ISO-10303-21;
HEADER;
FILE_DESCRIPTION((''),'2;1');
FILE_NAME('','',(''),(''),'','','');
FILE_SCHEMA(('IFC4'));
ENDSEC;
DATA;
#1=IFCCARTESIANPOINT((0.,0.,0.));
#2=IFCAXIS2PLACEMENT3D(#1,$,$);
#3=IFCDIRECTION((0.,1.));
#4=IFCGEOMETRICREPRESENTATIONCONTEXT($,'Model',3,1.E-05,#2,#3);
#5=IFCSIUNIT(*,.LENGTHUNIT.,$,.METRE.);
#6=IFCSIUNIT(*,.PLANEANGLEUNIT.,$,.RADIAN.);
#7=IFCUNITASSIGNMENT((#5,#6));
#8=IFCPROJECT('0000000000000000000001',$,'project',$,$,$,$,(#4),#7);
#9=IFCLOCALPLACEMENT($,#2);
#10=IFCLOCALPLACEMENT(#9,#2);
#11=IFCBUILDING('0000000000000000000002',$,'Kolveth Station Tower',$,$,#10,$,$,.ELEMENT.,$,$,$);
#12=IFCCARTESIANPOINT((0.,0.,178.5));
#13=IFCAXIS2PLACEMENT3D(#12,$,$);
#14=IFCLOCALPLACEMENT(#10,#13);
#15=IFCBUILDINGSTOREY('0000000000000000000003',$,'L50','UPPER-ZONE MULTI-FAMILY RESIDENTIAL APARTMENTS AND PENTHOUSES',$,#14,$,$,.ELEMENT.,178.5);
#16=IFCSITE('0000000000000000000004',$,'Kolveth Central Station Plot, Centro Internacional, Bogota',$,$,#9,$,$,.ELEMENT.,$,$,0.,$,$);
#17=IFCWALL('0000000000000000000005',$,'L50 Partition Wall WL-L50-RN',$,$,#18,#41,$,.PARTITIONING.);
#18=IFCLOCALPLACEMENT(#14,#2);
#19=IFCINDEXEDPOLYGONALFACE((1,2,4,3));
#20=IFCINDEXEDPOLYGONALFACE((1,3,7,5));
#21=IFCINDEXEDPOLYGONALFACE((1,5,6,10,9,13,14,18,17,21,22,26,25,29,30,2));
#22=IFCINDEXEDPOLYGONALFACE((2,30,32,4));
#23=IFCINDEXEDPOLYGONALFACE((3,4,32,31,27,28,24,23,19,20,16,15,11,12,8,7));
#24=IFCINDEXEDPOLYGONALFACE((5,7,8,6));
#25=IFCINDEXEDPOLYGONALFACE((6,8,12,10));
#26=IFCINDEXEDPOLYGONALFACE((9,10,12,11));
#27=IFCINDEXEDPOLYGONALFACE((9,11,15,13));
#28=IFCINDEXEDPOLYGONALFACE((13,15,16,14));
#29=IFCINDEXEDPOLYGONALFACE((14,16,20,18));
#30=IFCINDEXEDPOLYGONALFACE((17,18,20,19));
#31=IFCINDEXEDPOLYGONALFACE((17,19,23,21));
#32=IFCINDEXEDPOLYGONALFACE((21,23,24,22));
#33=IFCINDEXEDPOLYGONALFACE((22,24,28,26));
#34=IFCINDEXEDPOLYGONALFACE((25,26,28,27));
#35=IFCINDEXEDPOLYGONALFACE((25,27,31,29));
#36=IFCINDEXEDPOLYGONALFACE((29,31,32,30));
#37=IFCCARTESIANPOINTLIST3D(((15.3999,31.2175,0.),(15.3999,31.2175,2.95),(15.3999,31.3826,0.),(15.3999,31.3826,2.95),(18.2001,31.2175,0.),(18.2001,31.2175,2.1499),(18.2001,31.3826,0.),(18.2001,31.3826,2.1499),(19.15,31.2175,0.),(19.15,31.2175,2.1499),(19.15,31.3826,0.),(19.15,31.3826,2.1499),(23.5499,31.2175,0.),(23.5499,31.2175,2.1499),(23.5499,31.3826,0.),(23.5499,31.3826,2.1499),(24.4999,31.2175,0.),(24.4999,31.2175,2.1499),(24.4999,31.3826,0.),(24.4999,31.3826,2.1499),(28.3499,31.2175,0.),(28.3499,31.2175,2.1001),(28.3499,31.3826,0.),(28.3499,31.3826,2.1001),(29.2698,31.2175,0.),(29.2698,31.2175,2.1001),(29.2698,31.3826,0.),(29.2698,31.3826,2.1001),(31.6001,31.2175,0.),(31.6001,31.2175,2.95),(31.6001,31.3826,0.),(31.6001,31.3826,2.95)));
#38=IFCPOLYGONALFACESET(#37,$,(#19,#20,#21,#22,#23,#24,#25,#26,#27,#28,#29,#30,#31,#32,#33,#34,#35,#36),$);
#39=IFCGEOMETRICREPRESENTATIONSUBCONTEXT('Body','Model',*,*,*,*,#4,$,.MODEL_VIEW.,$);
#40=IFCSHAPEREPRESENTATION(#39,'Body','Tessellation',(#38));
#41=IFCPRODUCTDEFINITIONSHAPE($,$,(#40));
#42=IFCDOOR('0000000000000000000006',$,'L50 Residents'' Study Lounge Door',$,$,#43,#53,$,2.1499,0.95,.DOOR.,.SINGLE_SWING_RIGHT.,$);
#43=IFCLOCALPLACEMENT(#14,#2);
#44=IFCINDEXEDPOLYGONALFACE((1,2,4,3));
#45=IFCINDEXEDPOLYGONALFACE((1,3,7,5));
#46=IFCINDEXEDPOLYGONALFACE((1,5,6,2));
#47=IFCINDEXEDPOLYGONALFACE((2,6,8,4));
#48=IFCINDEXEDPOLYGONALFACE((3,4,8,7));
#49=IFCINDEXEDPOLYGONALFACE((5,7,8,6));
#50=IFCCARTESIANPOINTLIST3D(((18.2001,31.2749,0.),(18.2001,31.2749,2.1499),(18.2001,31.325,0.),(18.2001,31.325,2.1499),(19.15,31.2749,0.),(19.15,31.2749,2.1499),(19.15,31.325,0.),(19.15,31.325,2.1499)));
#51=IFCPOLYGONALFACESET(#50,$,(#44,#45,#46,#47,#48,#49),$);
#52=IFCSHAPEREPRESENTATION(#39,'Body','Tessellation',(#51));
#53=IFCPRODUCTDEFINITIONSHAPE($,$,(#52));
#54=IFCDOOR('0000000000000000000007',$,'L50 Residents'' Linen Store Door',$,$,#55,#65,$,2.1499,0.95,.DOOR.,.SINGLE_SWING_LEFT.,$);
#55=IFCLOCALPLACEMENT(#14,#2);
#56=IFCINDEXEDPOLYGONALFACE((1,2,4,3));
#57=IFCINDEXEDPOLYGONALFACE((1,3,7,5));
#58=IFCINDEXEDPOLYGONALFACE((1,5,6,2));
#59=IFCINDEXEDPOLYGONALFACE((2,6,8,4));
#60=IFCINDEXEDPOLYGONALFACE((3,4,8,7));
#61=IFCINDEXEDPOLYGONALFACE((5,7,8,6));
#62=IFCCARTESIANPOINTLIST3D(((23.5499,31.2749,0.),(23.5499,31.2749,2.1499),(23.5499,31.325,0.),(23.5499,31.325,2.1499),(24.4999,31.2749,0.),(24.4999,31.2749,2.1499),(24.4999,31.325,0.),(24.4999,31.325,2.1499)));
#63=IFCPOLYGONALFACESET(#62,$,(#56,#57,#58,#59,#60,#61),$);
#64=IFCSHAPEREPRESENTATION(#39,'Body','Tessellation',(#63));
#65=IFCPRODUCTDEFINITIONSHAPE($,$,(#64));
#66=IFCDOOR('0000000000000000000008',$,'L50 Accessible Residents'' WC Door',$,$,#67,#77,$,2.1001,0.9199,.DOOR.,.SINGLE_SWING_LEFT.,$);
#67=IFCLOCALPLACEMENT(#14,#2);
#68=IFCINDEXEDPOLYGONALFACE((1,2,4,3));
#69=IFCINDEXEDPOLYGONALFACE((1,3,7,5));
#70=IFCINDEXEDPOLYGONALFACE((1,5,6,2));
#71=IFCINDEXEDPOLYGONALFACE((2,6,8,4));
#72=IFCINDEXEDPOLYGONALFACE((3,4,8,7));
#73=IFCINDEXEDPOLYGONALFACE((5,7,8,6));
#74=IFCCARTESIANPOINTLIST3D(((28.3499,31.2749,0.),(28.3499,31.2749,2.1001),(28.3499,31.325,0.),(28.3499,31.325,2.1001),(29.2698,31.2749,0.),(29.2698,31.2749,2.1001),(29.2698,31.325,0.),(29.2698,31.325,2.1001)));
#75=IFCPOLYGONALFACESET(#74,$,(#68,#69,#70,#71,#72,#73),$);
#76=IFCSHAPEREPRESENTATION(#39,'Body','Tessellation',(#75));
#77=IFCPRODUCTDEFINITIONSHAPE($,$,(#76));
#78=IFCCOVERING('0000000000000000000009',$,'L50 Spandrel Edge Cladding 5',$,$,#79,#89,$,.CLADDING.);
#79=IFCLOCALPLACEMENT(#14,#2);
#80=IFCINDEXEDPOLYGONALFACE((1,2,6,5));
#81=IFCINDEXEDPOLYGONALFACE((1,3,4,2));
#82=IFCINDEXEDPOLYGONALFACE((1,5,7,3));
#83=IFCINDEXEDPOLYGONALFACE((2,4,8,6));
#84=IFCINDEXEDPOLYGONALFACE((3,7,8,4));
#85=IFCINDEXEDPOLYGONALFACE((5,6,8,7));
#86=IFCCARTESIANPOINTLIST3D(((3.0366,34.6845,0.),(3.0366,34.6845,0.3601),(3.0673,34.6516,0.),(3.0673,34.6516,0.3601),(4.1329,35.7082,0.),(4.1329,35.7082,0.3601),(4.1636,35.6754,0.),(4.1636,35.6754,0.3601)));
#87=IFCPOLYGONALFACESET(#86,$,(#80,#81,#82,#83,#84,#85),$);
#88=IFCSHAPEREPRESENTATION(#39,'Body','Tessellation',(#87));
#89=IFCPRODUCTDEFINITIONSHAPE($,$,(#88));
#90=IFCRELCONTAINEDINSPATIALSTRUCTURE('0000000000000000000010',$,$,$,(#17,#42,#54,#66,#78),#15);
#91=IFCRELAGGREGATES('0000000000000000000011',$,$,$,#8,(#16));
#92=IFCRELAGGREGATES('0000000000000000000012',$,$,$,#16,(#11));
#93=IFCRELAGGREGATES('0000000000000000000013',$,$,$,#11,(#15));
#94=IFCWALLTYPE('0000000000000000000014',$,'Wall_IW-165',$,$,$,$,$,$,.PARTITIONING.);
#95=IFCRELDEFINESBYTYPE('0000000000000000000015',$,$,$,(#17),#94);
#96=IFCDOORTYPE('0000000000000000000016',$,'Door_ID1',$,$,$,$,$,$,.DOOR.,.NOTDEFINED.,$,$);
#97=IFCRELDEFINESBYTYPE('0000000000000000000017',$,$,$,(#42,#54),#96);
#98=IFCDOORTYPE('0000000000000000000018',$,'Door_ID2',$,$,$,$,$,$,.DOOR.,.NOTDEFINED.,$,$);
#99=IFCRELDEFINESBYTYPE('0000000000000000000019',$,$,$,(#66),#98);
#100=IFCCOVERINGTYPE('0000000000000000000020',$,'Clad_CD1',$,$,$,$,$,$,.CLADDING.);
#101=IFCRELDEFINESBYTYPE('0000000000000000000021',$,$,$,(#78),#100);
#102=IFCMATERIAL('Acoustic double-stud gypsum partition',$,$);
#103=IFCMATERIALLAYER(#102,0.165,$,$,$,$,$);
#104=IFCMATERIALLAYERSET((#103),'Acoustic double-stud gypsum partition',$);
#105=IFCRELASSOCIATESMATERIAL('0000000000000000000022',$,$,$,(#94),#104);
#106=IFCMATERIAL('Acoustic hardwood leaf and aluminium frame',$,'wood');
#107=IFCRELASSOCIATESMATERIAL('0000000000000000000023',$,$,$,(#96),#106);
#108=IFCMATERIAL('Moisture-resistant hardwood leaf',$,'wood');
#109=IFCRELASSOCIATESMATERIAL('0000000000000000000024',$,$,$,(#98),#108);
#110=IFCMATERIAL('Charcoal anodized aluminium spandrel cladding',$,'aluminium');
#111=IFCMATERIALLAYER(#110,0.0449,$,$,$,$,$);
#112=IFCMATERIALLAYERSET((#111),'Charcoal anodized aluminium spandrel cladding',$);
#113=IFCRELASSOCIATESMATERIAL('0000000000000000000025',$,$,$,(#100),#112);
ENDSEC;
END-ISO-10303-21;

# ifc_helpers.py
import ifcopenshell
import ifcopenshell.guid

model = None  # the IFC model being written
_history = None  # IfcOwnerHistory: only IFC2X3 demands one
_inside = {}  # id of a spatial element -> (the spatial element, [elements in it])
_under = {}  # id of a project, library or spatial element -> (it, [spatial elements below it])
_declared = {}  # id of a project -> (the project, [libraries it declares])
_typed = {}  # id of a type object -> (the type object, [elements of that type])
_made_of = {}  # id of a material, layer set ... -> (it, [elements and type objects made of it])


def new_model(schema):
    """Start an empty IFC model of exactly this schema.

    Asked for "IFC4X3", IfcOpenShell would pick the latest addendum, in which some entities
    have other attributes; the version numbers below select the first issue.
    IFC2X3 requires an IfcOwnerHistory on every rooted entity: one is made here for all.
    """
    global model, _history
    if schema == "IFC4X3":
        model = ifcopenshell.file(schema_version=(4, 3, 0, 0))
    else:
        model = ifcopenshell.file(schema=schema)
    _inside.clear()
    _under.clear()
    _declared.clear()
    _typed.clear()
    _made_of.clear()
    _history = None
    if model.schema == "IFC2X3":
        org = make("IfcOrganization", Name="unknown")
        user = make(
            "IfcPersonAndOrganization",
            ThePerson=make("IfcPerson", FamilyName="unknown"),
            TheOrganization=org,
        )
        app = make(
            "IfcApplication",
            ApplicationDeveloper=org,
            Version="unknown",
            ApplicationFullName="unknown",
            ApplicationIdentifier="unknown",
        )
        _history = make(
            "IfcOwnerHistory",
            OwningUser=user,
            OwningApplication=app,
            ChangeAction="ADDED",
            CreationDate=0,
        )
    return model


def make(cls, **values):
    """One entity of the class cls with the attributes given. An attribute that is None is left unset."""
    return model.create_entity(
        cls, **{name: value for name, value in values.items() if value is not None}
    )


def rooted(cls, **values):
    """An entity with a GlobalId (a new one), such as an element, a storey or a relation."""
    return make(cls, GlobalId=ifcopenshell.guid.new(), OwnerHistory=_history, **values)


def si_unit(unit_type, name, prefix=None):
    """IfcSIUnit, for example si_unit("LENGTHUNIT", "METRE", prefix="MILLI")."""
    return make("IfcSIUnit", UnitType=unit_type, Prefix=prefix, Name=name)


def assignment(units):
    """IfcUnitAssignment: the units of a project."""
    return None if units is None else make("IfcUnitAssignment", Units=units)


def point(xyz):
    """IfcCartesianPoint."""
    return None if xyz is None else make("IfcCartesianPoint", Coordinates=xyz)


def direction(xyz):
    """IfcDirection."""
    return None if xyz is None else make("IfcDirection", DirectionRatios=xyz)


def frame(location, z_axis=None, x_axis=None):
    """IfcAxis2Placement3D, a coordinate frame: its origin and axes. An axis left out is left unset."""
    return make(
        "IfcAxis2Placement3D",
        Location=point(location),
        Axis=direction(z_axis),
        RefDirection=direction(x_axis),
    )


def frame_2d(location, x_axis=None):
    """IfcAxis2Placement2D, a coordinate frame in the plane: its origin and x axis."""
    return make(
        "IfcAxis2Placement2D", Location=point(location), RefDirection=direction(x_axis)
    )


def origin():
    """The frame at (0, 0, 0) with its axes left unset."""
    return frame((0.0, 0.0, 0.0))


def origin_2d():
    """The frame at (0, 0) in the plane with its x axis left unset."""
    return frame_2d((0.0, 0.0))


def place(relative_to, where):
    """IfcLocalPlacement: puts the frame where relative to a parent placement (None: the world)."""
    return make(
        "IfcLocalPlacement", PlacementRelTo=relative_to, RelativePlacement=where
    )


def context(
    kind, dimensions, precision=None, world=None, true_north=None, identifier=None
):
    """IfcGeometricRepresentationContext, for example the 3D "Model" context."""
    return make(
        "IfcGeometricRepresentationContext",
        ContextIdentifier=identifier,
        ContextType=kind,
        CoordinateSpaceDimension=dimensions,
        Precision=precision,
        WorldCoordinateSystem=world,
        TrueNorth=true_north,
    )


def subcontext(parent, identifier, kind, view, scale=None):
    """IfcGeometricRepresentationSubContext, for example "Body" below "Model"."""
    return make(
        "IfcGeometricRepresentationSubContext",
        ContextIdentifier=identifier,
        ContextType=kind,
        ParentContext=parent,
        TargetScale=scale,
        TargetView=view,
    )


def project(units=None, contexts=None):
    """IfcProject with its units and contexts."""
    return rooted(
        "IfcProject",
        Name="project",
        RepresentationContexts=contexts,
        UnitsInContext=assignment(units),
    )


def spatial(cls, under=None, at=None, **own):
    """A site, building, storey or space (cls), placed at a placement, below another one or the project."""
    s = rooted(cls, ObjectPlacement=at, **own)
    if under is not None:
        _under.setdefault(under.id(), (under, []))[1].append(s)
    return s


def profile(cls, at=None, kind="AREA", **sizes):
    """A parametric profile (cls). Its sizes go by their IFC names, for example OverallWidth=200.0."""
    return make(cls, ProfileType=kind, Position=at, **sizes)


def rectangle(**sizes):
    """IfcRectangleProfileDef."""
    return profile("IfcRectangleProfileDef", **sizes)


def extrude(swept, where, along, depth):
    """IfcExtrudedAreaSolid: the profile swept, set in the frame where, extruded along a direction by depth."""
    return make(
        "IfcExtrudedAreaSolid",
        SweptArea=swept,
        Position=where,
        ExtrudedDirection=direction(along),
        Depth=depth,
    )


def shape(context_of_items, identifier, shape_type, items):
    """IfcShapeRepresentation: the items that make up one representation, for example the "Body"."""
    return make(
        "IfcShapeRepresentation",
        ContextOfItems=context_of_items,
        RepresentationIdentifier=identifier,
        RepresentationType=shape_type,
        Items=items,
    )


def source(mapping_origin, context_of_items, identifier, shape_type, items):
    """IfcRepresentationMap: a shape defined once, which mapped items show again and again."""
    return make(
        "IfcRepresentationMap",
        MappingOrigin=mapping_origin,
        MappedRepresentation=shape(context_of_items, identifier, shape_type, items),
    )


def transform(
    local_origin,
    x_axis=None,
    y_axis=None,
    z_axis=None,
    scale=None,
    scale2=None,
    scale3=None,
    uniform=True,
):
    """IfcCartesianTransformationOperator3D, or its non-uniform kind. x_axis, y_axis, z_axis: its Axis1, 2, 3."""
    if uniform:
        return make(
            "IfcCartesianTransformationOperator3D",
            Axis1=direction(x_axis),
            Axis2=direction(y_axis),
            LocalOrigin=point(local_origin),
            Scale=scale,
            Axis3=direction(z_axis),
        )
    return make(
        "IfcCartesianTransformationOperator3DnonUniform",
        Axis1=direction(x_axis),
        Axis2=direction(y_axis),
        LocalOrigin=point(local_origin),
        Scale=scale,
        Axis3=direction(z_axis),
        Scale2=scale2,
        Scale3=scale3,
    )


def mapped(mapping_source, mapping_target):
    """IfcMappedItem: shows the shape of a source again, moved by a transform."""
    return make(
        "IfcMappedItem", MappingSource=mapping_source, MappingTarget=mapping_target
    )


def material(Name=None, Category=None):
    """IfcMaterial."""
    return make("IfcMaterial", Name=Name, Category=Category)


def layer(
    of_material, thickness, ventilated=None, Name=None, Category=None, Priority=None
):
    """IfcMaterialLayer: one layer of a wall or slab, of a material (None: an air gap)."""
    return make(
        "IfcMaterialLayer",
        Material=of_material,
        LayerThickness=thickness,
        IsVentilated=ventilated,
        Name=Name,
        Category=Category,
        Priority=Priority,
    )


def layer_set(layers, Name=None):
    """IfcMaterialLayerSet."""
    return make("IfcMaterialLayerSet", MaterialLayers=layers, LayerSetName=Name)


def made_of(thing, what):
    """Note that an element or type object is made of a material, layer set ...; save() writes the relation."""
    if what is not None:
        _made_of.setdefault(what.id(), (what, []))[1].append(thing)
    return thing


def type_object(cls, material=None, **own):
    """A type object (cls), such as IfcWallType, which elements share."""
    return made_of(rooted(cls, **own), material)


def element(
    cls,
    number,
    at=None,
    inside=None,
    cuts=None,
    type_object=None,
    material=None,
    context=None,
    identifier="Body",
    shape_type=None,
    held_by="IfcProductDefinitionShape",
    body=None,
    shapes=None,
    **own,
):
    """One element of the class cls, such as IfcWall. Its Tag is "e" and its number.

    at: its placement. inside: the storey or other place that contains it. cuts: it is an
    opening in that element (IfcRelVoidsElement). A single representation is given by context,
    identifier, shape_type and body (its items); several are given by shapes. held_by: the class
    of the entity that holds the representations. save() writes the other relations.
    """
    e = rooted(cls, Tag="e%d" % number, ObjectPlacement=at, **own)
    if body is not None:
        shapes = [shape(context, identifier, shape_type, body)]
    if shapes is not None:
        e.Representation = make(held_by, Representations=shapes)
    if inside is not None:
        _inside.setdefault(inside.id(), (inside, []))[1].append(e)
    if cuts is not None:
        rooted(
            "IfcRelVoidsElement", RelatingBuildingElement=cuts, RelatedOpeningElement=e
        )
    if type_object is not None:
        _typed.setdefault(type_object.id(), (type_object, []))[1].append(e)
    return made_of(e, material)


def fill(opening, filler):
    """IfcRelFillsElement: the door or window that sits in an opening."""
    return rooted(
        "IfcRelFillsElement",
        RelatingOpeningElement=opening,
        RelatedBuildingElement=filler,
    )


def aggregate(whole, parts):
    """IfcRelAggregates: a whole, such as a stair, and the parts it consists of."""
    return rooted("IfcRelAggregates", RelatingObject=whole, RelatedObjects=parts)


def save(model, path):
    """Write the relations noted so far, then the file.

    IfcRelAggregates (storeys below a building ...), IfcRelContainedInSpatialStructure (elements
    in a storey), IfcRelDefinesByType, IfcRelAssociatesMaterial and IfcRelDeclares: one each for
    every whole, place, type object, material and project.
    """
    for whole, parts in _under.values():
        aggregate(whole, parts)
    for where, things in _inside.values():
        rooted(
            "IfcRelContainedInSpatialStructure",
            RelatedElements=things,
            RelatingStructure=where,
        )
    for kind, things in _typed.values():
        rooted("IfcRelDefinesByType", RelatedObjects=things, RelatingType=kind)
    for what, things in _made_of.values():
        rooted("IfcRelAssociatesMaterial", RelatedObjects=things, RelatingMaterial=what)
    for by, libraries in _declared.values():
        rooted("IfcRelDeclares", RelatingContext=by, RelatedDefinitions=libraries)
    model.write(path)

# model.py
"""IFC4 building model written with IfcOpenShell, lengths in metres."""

from ifc_helpers import new_model, si_unit, direction, frame, frame_2d, origin, origin_2d, place, context, subcontext, project, spatial, rectangle, extrude, source, transform, mapped, material, layer, layer_set, type_object, element, fill, save


model = new_model("IFC4")

# Units and contexts
model_context = context("Model", 3, precision=1e-05, world=origin(), true_north=direction((0.0, 1.0)))
body_context = subcontext(model_context, "Body", "Model", "MODEL_VIEW")
ifc_project = project(units=[si_unit("LENGTHUNIT", "METRE"), si_unit("PLANEANGLEUNIT", "RADIAN")], contexts=[model_context])

# Site, building, storey
site_placement = place(None, origin())
site = spatial("IfcSite", under=ifc_project, at=site_placement, Name="Kolveth Central Station Plot, Centro Internacional, Bogota", CompositionType="ELEMENT", RefElevation=0.0)
building_placement = place(site_placement, origin())
building = spatial("IfcBuilding", under=site, at=building_placement, Name="Kolveth Station Tower", CompositionType="ELEMENT")
storey_placement = place(building_placement, frame((0.0, 0.0, 178.5)))
storey = spatial("IfcBuildingStorey", under=building, at=storey_placement, Name="L50", Description="UPPER-ZONE MULTI-FAMILY RESIDENTIAL APARTMENTS AND PENTHOUSES", CompositionType="ELEMENT", Elevation=178.5)

# Wall, openings, doors
ifc_material_1 = material(Name="Acoustic double-stud gypsum partition")
ifc_layer_1 = layer(ifc_material_1, 0.165)
ifc_layer_set_1 = layer_set([ifc_layer_1], Name="Acoustic double-stud gypsum partition")
wall_type_1 = type_object("IfcWallType", Name="Wall_IW-165", PredefinedType="PARTITIONING", material=ifc_layer_set_1)
wall_1_placement = place(storey_placement, frame((15.3999, 31.3, 0.0), z_axis=(0.0, 0.0, 1.0), x_axis=(1.0, 0.0, 0.0)))
wall_1 = element("IfcWall", 1, at=wall_1_placement, inside=storey, type_object=wall_type_1, Name="L50 Partition Wall WL-L50-RN", PredefinedType="PARTITIONING", context=body_context, shape_type="SweptSolid", body=[
    extrude(rectangle(XDim=16.2002, YDim=0.165, at=frame_2d((8.1001, 0.0))), origin(), (0.0, 0.0, 1.0), 2.95),
])
opening_1_placement = place(wall_1_placement, frame((2.8, 0.0, 0.0)))
opening_1 = element("IfcOpeningElement", 2, at=opening_1_placement, cuts=wall_1, PredefinedType="OPENING", context=body_context, shape_type="SweptSolid", body=[
    extrude(rectangle(XDim=0.95, YDim=2.1499, at=frame_2d((0.4751, 1.075))), frame((0.0, 0.0925, 0.0), z_axis=(0.0, -1.0, 0.0), x_axis=(1.0, 0.0, 0.0)), (0.0, 0.0, 1.0), 0.1851),
])
opening_2_placement = place(wall_1_placement, frame((8.1499, 0.0, 0.0)))
opening_2 = element("IfcOpeningElement", 3, at=opening_2_placement, cuts=wall_1, PredefinedType="OPENING", context=body_context, shape_type="SweptSolid", body=[
    extrude(rectangle(XDim=0.95, YDim=2.1499, at=frame_2d((0.4751, 1.075))), frame((0.0, 0.0925, 0.0), z_axis=(0.0, -1.0, 0.0), x_axis=(1.0, 0.0, 0.0)), (0.0, 0.0, 1.0), 0.1851),
])
opening_3_placement = place(wall_1_placement, frame((12.95, 0.0, 0.0)))
opening_3 = element("IfcOpeningElement", 4, at=opening_3_placement, cuts=wall_1, PredefinedType="OPENING", context=body_context, shape_type="SweptSolid", body=[
    extrude(rectangle(XDim=0.9199, YDim=2.1001, at=frame_2d((0.46, 1.05))), frame((0.0, 0.0925, 0.0), z_axis=(0.0, -1.0, 0.0), x_axis=(1.0, 0.0, 0.0)), (0.0, 0.0, 1.0), 0.1851),
])
ifc_material_2 = material(Name="Acoustic hardwood leaf and aluminium frame", Category="wood")
door_type_1 = type_object("IfcDoorType", Name="Door_ID1", OperationType="NOTDEFINED", PredefinedType="DOOR", material=ifc_material_2)
door_1_placement = place(opening_1_placement, origin())
door_1 = element("IfcDoor", 5, at=door_1_placement, inside=storey, type_object=door_type_1, Name="L50 Residents' Study Lounge Door", OperationType="SINGLE_SWING_RIGHT", OverallHeight=2.1499, OverallWidth=0.95, PredefinedType="DOOR", context=body_context, shape_type="SweptSolid", body=[
    extrude(rectangle(XDim=0.95, YDim=2.1499, at=frame_2d((0.4751, 1.075))), frame((0.0, 0.0249, 0.0), z_axis=(0.0, -1.0, 0.0), x_axis=(1.0, 0.0, 0.0)), (0.0, 0.0, 1.0), 0.05),
])
fill(opening_1, door_1)
door_2_placement = place(opening_2_placement, origin())
door_2 = element("IfcDoor", 6, at=door_2_placement, inside=storey, type_object=door_type_1, Name="L50 Residents' Linen Store Door", OperationType="SINGLE_SWING_LEFT", OverallHeight=2.1499, OverallWidth=0.95, PredefinedType="DOOR", context=body_context, shape_type="SweptSolid", body=[
    extrude(rectangle(XDim=0.95, YDim=2.1499, at=frame_2d((0.4751, 1.075))), frame((0.0, 0.0249, 0.0), z_axis=(0.0, -1.0, 0.0), x_axis=(1.0, 0.0, 0.0)), (0.0, 0.0, 1.0), 0.05),
])
fill(opening_2, door_2)
ifc_material_3 = material(Name="Moisture-resistant hardwood leaf", Category="wood")
door_type_2 = type_object("IfcDoorType", Name="Door_ID2", OperationType="NOTDEFINED", PredefinedType="DOOR", material=ifc_material_3)
door_3_placement = place(opening_3_placement, origin())
door_3 = element("IfcDoor", 7, at=door_3_placement, inside=storey, type_object=door_type_2, Name="L50 Accessible Residents' WC Door", OperationType="SINGLE_SWING_LEFT", OverallHeight=2.1001, OverallWidth=0.9199, PredefinedType="DOOR", context=body_context, shape_type="SweptSolid", body=[
    extrude(rectangle(XDim=0.9199, YDim=2.1001, at=frame_2d((0.46, 1.05))), frame((0.0, 0.0249, 0.0), z_axis=(0.0, -1.0, 0.0), x_axis=(1.0, 0.0, 0.0)), (0.0, 0.0, 1.0), 0.05),
])
fill(opening_3, door_3)

# Covering
ifc_material_4 = material(Name="Charcoal anodized aluminium spandrel cladding", Category="aluminium")
ifc_layer_2 = layer(ifc_material_4, 0.0449)
ifc_layer_set_2 = layer_set([ifc_layer_2], Name="Charcoal anodized aluminium spandrel cladding")
covering_type = type_object("IfcCoveringType", Name="Clad_CD1", PredefinedType="CLADDING", material=ifc_layer_set_2)
shared_shape_1 = source(origin(), body_context, "Body", "SweptSolid", [
    extrude(rectangle(XDim=1.5, YDim=0.0449, at=origin_2d()), origin(), (0.0, 0.0, 1.0), 0.3601),
])
covering_placement = place(storey_placement, frame((3.6001, 35.1799, 0.0), z_axis=(0.0, 0.0, 1.0), x_axis=(-0.730877, -0.682509, 0.0)))
element("IfcCovering", 8, at=covering_placement, inside=storey, type_object=covering_type, Name="L50 Spandrel Edge Cladding 5", PredefinedType="CLADDING", context=body_context, shape_type="MappedRepresentation", body=[
    mapped(shared_shape_1, transform((0.0, 0.0, 0.0), x_axis=(1.0, 0.0, 0.0), y_axis=(0.0, 1.0, 0.0), z_axis=(0.0, 0.0, 1.0), scale=1.0)),
])

save(model, "model.ifc")
